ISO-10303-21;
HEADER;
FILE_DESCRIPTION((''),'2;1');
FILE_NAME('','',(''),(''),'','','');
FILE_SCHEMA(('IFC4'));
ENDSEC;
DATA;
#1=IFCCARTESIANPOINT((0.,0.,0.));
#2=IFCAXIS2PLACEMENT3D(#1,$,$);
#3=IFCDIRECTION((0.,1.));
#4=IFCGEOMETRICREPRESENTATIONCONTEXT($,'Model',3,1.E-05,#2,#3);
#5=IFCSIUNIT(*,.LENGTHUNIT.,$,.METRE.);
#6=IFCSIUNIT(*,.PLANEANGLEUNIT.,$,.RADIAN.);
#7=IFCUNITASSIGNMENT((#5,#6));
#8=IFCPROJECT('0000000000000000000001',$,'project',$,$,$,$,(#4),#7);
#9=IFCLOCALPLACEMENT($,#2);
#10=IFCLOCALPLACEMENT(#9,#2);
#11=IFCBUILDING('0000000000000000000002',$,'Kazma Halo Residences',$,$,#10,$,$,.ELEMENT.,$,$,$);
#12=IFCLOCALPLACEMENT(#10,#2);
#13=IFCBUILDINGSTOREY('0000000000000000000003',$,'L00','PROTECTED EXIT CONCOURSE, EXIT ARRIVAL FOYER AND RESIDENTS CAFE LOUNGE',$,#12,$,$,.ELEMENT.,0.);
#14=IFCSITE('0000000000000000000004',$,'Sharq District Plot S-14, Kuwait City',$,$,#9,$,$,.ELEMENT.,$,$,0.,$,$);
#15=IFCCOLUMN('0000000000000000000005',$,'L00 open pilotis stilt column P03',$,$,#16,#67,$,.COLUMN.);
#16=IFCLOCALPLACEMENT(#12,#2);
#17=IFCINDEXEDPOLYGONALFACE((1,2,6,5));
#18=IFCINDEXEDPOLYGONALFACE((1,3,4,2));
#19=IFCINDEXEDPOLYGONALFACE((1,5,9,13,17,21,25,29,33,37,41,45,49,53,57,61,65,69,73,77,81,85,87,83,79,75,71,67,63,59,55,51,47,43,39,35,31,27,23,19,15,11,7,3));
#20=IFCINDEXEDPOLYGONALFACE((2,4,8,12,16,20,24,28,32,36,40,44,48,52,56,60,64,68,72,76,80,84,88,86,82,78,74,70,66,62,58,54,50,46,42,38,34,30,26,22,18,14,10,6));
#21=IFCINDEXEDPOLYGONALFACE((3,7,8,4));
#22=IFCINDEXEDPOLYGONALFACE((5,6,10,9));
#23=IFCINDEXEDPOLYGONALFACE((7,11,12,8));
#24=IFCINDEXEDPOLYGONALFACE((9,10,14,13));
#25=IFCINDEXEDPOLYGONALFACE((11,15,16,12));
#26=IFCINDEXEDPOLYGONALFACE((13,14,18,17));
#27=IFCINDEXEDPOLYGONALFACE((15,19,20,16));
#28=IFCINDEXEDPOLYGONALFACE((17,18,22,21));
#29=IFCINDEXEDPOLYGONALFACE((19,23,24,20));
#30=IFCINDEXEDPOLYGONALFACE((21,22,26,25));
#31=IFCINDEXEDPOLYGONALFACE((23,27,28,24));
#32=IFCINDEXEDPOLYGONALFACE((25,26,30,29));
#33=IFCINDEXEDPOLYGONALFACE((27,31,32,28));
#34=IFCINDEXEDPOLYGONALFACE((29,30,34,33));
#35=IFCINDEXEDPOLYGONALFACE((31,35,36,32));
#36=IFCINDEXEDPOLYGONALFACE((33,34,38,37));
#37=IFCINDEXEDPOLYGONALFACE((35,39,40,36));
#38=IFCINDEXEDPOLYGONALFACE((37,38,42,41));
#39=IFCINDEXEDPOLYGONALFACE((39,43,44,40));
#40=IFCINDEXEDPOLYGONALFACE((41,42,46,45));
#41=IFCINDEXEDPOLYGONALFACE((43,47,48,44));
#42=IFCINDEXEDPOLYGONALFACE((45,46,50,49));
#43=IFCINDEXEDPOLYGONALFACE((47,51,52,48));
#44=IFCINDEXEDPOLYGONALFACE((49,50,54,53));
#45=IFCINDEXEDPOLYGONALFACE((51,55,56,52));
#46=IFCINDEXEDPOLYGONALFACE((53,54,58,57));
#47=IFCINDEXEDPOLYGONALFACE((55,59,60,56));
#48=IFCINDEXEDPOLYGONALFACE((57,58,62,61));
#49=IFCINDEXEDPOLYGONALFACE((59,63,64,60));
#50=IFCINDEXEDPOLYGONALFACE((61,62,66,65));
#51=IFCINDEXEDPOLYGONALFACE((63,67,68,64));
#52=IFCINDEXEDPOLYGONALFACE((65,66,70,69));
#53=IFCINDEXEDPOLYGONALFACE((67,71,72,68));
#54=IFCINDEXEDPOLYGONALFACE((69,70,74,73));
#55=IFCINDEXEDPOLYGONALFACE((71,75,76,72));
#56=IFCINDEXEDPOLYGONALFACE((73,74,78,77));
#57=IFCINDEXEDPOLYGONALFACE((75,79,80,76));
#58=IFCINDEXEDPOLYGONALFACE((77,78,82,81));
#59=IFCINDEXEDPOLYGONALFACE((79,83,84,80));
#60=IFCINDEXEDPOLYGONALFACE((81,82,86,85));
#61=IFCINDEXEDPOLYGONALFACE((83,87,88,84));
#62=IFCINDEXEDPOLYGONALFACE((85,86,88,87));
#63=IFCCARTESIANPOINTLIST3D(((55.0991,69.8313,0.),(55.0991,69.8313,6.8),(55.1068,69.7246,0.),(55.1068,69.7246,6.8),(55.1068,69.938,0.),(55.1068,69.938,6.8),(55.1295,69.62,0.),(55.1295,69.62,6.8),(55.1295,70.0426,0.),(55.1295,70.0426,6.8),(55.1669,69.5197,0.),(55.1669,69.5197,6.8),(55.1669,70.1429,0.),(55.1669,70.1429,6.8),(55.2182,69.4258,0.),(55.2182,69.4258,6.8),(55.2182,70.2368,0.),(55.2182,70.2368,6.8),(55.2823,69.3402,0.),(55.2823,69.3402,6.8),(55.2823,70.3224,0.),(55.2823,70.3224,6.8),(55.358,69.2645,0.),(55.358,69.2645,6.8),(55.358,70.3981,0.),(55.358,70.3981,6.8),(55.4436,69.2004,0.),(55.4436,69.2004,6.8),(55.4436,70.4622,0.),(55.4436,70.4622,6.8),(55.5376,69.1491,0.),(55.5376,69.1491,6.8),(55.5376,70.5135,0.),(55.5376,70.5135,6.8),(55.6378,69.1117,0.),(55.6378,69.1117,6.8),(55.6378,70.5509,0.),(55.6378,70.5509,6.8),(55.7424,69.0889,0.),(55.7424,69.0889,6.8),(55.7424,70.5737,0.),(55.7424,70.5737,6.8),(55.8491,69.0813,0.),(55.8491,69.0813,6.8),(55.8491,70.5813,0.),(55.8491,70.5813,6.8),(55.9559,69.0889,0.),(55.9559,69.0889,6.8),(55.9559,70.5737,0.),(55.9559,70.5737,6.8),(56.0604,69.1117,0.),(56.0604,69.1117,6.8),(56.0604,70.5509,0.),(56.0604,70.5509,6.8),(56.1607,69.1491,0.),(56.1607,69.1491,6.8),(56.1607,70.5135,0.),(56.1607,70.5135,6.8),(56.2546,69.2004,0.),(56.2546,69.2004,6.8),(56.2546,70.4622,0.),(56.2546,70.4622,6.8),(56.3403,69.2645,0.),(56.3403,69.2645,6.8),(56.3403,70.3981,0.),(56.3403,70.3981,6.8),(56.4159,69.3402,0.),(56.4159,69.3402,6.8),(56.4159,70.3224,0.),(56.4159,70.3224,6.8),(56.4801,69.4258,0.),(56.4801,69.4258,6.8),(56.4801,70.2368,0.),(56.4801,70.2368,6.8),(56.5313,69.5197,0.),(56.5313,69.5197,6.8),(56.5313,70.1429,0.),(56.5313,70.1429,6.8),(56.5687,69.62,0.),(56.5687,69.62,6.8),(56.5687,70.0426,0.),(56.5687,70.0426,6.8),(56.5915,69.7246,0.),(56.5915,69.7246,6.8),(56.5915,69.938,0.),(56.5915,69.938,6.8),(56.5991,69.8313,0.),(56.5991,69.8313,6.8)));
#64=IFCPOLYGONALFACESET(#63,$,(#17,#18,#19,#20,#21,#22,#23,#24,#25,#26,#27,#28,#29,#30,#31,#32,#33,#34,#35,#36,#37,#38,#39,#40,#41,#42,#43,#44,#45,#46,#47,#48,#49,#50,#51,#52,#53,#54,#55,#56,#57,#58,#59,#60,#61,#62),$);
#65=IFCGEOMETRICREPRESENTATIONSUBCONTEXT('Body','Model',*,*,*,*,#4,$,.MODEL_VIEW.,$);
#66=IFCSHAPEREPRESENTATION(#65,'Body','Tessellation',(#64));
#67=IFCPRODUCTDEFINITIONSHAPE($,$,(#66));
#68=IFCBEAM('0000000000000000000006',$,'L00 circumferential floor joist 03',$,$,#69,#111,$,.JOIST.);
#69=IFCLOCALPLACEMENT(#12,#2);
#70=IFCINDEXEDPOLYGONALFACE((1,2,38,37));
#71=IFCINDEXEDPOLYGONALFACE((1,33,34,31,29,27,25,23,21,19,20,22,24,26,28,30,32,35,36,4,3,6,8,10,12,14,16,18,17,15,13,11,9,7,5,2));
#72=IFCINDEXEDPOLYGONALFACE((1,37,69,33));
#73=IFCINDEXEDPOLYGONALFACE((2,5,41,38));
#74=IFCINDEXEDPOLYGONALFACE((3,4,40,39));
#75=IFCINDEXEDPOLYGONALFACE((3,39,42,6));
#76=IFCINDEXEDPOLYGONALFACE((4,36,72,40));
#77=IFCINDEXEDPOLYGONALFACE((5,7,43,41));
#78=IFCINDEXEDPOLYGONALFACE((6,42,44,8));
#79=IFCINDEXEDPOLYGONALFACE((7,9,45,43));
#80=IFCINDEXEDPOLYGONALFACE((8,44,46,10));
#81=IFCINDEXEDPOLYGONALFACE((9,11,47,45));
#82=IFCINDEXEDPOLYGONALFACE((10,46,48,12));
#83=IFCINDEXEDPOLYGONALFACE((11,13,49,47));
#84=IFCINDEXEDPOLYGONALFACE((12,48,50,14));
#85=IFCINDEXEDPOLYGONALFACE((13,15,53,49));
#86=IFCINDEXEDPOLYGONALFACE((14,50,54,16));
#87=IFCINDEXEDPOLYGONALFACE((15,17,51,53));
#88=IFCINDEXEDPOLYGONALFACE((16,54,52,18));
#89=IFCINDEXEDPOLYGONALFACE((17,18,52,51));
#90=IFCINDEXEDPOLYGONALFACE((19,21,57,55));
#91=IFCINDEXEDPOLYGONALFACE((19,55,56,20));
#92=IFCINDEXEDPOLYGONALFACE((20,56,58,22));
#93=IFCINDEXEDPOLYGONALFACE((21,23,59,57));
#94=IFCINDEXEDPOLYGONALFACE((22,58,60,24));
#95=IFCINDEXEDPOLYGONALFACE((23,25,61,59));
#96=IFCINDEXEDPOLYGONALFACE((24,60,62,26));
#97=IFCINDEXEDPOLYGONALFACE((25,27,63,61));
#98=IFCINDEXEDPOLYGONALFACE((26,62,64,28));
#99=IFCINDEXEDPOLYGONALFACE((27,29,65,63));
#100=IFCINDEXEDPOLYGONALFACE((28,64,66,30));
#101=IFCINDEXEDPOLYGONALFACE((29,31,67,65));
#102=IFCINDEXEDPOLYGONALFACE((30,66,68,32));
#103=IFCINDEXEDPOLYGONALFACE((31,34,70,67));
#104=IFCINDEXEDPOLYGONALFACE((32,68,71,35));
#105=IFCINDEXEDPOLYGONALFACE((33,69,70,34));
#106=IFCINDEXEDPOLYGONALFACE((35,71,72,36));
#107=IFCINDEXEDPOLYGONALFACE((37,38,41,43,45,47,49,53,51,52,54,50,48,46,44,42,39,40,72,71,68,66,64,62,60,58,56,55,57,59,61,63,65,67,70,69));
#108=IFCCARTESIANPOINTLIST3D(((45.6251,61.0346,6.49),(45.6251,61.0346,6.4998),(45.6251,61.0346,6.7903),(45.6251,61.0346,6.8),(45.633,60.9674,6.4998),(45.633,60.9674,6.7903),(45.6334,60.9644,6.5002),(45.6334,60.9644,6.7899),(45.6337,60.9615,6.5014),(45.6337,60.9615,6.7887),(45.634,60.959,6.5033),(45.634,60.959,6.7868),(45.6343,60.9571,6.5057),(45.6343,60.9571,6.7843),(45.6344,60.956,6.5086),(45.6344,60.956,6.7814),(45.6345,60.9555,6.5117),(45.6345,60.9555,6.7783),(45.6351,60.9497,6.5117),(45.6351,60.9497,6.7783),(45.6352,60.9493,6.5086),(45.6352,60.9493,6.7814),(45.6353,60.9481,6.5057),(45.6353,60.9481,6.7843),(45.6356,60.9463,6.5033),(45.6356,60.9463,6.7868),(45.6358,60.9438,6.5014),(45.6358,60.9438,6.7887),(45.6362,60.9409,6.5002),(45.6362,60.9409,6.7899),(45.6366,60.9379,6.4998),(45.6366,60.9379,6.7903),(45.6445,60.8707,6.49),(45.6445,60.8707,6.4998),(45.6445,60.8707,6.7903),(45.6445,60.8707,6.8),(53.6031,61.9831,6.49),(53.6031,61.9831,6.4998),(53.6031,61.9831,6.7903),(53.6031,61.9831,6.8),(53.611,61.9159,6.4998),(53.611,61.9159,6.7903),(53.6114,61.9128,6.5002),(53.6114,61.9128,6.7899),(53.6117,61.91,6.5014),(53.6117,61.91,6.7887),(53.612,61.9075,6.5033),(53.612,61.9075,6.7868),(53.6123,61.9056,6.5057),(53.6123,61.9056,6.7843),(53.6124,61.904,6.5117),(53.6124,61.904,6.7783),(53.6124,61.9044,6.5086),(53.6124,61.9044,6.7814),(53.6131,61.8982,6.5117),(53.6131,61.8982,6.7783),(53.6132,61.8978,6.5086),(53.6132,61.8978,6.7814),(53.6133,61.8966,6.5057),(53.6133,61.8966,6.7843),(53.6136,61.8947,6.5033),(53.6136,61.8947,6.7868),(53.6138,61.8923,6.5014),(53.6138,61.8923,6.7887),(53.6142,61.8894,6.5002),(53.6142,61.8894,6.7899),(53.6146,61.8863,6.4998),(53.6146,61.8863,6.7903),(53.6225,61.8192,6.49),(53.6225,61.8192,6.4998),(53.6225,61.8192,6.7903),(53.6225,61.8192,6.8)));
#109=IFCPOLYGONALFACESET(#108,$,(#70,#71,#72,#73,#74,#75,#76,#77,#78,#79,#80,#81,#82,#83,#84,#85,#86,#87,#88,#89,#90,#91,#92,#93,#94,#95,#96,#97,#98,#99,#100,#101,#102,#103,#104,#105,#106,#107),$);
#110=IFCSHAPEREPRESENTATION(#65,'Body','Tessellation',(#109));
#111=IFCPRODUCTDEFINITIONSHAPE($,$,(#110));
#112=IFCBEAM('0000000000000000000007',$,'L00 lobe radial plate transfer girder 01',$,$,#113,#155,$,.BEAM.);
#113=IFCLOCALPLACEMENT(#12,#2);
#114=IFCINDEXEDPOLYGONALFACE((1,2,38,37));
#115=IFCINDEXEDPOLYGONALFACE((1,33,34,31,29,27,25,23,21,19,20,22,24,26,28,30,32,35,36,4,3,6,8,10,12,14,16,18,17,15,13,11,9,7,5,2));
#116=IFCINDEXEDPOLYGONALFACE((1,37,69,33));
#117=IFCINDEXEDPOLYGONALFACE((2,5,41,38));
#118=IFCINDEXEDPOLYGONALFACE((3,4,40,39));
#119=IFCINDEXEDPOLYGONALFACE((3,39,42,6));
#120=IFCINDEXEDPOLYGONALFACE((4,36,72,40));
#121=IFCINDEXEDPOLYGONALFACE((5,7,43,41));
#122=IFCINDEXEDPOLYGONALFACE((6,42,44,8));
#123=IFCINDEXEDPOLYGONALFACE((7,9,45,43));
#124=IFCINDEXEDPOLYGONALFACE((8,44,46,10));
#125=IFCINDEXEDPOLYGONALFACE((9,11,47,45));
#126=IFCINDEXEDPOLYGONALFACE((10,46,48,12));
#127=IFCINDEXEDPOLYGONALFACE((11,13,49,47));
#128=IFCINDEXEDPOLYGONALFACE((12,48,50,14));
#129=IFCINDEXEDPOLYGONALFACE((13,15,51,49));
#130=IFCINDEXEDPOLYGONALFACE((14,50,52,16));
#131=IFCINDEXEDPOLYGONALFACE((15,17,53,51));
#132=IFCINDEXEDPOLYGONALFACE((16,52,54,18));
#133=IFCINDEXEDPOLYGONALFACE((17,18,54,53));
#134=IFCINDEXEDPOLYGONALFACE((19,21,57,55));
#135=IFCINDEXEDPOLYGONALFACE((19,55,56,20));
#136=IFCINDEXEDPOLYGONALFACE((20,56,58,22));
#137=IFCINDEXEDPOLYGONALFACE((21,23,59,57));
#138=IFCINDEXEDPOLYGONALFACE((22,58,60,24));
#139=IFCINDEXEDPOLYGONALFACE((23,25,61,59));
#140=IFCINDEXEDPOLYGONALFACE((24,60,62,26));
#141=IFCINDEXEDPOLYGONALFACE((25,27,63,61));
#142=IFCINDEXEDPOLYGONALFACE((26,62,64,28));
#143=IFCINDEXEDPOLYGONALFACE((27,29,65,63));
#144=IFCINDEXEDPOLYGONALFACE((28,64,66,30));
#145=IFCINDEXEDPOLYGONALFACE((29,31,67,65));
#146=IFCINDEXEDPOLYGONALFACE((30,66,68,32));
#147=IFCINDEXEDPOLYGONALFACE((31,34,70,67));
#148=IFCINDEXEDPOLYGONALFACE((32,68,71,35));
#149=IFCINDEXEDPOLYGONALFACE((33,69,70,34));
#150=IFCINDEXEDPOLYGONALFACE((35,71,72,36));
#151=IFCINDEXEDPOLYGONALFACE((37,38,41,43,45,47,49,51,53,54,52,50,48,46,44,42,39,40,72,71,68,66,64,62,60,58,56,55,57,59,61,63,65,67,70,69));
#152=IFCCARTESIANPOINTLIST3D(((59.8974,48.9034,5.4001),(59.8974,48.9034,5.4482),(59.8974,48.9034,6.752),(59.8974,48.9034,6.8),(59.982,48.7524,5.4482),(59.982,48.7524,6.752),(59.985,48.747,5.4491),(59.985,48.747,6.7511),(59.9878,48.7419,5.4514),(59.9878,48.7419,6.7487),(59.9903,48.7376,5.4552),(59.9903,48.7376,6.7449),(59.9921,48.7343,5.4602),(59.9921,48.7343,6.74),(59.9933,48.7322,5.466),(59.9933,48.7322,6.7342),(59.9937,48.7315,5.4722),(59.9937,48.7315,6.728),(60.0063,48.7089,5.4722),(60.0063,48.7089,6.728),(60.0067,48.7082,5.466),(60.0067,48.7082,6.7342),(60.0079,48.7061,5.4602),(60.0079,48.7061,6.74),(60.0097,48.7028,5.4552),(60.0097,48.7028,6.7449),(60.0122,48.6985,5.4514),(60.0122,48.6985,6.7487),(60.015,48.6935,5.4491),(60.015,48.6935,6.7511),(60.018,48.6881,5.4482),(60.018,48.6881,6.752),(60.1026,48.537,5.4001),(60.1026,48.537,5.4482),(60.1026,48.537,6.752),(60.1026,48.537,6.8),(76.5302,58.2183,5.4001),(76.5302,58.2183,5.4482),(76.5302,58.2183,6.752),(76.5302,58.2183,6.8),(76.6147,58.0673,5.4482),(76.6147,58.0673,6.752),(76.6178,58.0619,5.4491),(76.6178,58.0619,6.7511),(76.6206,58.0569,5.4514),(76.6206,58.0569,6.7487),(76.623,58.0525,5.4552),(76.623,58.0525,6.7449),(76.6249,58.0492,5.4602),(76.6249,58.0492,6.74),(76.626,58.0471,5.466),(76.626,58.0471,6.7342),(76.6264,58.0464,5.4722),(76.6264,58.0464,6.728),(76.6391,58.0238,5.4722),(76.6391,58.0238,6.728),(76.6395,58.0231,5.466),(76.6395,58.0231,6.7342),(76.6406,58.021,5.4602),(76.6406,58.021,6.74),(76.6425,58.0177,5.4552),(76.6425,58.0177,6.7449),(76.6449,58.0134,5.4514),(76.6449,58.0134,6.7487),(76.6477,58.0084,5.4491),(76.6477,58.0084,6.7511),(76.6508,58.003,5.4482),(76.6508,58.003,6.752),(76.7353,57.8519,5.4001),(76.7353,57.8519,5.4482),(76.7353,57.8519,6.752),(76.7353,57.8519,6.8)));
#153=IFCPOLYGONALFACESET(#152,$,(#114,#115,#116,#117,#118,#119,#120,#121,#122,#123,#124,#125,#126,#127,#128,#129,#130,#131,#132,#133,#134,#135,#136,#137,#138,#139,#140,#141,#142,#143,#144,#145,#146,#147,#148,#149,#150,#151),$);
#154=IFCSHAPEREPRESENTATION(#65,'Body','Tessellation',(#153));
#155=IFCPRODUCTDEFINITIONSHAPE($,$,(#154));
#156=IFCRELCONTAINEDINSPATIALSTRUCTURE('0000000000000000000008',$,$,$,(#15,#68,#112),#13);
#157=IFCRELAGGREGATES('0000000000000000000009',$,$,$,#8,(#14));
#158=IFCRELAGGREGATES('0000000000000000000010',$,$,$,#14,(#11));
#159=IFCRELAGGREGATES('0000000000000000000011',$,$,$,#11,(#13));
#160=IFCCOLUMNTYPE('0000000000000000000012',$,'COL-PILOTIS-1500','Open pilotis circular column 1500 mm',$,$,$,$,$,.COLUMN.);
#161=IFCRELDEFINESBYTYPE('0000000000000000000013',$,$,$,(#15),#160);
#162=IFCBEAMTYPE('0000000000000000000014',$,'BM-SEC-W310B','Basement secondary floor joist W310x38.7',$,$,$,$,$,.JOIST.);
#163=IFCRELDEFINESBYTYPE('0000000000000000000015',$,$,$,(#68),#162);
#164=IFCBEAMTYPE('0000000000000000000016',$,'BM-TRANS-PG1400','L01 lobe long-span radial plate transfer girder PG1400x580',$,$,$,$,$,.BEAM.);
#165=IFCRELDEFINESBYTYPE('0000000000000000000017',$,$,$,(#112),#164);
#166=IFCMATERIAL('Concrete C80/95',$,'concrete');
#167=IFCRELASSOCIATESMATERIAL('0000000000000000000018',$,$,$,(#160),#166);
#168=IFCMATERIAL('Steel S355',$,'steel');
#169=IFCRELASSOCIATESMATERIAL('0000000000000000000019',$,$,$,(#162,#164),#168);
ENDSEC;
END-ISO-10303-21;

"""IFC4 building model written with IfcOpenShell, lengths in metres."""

from ifc_helpers import new_model, si_unit, direction, frame, origin, origin_2d, place, context, subcontext, project, spatial, circle, i_section, extrude, material, material_profile, profile_set, type_object, element, save


model = new_model("IFC4")

# Units and contexts
model_context = context("Model", 3, precision=1e-05, world=origin(), true_north=direction((0.0, 1.0)))
body_context = subcontext(model_context, "Body", "Model", "MODEL_VIEW")
ifc_project = project(units=[si_unit("LENGTHUNIT", "METRE"), si_unit("PLANEANGLEUNIT", "RADIAN")], contexts=[model_context])

# Site, building, storey
site_placement = place(None, origin())
site = spatial("IfcSite", under=ifc_project, at=site_placement, Name="Sharq District Plot S-14, Kuwait City", CompositionType="ELEMENT", RefElevation=0.0)
building_placement = place(site_placement, origin())
building = spatial("IfcBuilding", under=site, at=building_placement, Name="Kazma Halo Residences", CompositionType="ELEMENT")
storey_placement = place(building_placement, origin())
storey = spatial("IfcBuildingStorey", under=building, at=storey_placement, Name="L00", Description="PROTECTED EXIT CONCOURSE, EXIT ARRIVAL FOYER AND RESIDENTS CAFE LOUNGE", CompositionType="ELEMENT", Elevation=0.0)

# Column
ifc_material_1 = material(Name="Concrete C80/95", Category="concrete")
ifc_material_profile_1 = material_profile(ifc_material_1, circle(Radius=0.75, at=origin_2d()), Name="CIRC1500")
ifc_profile_set_1 = profile_set([ifc_material_profile_1], Name="Concrete C80/95")
column_type = type_object("IfcColumnType", Name="COL-PILOTIS-1500", Description="Open pilotis circular column 1500 mm", PredefinedType="COLUMN", material=ifc_profile_set_1)
column_placement = place(storey_placement, frame((55.8491, 69.8313, 0.0), z_axis=(0.0, 0.0, 1.0), x_axis=(1.0, 0.0, 0.0)))
element("IfcColumn", 1, at=column_placement, inside=storey, type_object=column_type, Name="L00 open pilotis stilt column P03", PredefinedType="COLUMN", context=body_context, shape_type="SweptSolid", body=[
    extrude(circle(Radius=0.75, at=origin_2d()), origin(), (0.0, 0.0, 1.0), 6.8),
])

# Beams
ifc_material_2 = material(Name="Steel S355", Category="steel")
ifc_material_profile_2 = material_profile(ifc_material_2, i_section(OverallWidth=0.165, OverallDepth=0.3101, WebThickness=0.0059, FlangeThickness=0.0098, FilletRadius=0.012, at=origin_2d()), Name="W310x38.7")
ifc_profile_set_2 = profile_set([ifc_material_profile_2], Name="Steel S355")
beam_type_1 = type_object("IfcBeamType", Name="BM-SEC-W310B", Description="Basement secondary floor joist W310x38.7", PredefinedType="JOIST", material=ifc_profile_set_2)
beam_1_placement = place(storey_placement, frame((53.6128, 61.9011, 6.645), z_axis=(-0.993007, -0.118056, 0.0), x_axis=(0.118056, -0.993007, 0.0)))
element("IfcBeam", 2, at=beam_1_placement, inside=storey, type_object=beam_type_1, Name="L00 circumferential floor joist 03", PredefinedType="JOIST", context=body_context, shape_type="SweptSolid", body=[
    extrude(i_section(OverallWidth=0.165, OverallDepth=0.3101, WebThickness=0.0059, FlangeThickness=0.0098, FilletRadius=0.012, at=origin_2d()), origin(), (0.0, 0.0, 1.0), 8.0342),
])
ifc_material_profile_3 = material_profile(ifc_material_2, i_section(OverallWidth=0.4199, OverallDepth=1.3999, WebThickness=0.0259, FlangeThickness=0.0481, FilletRadius=0.0239, at=origin_2d()), Name="PG1400x580")
ifc_profile_set_3 = profile_set([ifc_material_profile_3], Name="Steel S355")
beam_type_2 = type_object("IfcBeamType", Name="BM-TRANS-PG1400", Description="L01 lobe long-span radial plate transfer girder PG1400x580", PredefinedType="BEAM", material=ifc_profile_set_3)
beam_2_placement = place(storey_placement, frame((60.0, 48.7202, 6.1001), z_axis=(0.872493, 0.488626, 0.0), x_axis=(-0.488626, 0.872493, 0.0)))
element("IfcBeam", 3, at=beam_2_placement, inside=storey, type_object=beam_type_2, Name="L00 lobe radial plate transfer girder 01", PredefinedType="BEAM", context=body_context, shape_type="SweptSolid", body=[
    extrude(i_section(OverallWidth=0.4199, OverallDepth=1.3999, WebThickness=0.0259, FlangeThickness=0.0481, FilletRadius=0.0239, at=origin_2d()), origin(), (0.0, 0.0, 1.0), 19.0635),
])

save(model, "model.ifc")
